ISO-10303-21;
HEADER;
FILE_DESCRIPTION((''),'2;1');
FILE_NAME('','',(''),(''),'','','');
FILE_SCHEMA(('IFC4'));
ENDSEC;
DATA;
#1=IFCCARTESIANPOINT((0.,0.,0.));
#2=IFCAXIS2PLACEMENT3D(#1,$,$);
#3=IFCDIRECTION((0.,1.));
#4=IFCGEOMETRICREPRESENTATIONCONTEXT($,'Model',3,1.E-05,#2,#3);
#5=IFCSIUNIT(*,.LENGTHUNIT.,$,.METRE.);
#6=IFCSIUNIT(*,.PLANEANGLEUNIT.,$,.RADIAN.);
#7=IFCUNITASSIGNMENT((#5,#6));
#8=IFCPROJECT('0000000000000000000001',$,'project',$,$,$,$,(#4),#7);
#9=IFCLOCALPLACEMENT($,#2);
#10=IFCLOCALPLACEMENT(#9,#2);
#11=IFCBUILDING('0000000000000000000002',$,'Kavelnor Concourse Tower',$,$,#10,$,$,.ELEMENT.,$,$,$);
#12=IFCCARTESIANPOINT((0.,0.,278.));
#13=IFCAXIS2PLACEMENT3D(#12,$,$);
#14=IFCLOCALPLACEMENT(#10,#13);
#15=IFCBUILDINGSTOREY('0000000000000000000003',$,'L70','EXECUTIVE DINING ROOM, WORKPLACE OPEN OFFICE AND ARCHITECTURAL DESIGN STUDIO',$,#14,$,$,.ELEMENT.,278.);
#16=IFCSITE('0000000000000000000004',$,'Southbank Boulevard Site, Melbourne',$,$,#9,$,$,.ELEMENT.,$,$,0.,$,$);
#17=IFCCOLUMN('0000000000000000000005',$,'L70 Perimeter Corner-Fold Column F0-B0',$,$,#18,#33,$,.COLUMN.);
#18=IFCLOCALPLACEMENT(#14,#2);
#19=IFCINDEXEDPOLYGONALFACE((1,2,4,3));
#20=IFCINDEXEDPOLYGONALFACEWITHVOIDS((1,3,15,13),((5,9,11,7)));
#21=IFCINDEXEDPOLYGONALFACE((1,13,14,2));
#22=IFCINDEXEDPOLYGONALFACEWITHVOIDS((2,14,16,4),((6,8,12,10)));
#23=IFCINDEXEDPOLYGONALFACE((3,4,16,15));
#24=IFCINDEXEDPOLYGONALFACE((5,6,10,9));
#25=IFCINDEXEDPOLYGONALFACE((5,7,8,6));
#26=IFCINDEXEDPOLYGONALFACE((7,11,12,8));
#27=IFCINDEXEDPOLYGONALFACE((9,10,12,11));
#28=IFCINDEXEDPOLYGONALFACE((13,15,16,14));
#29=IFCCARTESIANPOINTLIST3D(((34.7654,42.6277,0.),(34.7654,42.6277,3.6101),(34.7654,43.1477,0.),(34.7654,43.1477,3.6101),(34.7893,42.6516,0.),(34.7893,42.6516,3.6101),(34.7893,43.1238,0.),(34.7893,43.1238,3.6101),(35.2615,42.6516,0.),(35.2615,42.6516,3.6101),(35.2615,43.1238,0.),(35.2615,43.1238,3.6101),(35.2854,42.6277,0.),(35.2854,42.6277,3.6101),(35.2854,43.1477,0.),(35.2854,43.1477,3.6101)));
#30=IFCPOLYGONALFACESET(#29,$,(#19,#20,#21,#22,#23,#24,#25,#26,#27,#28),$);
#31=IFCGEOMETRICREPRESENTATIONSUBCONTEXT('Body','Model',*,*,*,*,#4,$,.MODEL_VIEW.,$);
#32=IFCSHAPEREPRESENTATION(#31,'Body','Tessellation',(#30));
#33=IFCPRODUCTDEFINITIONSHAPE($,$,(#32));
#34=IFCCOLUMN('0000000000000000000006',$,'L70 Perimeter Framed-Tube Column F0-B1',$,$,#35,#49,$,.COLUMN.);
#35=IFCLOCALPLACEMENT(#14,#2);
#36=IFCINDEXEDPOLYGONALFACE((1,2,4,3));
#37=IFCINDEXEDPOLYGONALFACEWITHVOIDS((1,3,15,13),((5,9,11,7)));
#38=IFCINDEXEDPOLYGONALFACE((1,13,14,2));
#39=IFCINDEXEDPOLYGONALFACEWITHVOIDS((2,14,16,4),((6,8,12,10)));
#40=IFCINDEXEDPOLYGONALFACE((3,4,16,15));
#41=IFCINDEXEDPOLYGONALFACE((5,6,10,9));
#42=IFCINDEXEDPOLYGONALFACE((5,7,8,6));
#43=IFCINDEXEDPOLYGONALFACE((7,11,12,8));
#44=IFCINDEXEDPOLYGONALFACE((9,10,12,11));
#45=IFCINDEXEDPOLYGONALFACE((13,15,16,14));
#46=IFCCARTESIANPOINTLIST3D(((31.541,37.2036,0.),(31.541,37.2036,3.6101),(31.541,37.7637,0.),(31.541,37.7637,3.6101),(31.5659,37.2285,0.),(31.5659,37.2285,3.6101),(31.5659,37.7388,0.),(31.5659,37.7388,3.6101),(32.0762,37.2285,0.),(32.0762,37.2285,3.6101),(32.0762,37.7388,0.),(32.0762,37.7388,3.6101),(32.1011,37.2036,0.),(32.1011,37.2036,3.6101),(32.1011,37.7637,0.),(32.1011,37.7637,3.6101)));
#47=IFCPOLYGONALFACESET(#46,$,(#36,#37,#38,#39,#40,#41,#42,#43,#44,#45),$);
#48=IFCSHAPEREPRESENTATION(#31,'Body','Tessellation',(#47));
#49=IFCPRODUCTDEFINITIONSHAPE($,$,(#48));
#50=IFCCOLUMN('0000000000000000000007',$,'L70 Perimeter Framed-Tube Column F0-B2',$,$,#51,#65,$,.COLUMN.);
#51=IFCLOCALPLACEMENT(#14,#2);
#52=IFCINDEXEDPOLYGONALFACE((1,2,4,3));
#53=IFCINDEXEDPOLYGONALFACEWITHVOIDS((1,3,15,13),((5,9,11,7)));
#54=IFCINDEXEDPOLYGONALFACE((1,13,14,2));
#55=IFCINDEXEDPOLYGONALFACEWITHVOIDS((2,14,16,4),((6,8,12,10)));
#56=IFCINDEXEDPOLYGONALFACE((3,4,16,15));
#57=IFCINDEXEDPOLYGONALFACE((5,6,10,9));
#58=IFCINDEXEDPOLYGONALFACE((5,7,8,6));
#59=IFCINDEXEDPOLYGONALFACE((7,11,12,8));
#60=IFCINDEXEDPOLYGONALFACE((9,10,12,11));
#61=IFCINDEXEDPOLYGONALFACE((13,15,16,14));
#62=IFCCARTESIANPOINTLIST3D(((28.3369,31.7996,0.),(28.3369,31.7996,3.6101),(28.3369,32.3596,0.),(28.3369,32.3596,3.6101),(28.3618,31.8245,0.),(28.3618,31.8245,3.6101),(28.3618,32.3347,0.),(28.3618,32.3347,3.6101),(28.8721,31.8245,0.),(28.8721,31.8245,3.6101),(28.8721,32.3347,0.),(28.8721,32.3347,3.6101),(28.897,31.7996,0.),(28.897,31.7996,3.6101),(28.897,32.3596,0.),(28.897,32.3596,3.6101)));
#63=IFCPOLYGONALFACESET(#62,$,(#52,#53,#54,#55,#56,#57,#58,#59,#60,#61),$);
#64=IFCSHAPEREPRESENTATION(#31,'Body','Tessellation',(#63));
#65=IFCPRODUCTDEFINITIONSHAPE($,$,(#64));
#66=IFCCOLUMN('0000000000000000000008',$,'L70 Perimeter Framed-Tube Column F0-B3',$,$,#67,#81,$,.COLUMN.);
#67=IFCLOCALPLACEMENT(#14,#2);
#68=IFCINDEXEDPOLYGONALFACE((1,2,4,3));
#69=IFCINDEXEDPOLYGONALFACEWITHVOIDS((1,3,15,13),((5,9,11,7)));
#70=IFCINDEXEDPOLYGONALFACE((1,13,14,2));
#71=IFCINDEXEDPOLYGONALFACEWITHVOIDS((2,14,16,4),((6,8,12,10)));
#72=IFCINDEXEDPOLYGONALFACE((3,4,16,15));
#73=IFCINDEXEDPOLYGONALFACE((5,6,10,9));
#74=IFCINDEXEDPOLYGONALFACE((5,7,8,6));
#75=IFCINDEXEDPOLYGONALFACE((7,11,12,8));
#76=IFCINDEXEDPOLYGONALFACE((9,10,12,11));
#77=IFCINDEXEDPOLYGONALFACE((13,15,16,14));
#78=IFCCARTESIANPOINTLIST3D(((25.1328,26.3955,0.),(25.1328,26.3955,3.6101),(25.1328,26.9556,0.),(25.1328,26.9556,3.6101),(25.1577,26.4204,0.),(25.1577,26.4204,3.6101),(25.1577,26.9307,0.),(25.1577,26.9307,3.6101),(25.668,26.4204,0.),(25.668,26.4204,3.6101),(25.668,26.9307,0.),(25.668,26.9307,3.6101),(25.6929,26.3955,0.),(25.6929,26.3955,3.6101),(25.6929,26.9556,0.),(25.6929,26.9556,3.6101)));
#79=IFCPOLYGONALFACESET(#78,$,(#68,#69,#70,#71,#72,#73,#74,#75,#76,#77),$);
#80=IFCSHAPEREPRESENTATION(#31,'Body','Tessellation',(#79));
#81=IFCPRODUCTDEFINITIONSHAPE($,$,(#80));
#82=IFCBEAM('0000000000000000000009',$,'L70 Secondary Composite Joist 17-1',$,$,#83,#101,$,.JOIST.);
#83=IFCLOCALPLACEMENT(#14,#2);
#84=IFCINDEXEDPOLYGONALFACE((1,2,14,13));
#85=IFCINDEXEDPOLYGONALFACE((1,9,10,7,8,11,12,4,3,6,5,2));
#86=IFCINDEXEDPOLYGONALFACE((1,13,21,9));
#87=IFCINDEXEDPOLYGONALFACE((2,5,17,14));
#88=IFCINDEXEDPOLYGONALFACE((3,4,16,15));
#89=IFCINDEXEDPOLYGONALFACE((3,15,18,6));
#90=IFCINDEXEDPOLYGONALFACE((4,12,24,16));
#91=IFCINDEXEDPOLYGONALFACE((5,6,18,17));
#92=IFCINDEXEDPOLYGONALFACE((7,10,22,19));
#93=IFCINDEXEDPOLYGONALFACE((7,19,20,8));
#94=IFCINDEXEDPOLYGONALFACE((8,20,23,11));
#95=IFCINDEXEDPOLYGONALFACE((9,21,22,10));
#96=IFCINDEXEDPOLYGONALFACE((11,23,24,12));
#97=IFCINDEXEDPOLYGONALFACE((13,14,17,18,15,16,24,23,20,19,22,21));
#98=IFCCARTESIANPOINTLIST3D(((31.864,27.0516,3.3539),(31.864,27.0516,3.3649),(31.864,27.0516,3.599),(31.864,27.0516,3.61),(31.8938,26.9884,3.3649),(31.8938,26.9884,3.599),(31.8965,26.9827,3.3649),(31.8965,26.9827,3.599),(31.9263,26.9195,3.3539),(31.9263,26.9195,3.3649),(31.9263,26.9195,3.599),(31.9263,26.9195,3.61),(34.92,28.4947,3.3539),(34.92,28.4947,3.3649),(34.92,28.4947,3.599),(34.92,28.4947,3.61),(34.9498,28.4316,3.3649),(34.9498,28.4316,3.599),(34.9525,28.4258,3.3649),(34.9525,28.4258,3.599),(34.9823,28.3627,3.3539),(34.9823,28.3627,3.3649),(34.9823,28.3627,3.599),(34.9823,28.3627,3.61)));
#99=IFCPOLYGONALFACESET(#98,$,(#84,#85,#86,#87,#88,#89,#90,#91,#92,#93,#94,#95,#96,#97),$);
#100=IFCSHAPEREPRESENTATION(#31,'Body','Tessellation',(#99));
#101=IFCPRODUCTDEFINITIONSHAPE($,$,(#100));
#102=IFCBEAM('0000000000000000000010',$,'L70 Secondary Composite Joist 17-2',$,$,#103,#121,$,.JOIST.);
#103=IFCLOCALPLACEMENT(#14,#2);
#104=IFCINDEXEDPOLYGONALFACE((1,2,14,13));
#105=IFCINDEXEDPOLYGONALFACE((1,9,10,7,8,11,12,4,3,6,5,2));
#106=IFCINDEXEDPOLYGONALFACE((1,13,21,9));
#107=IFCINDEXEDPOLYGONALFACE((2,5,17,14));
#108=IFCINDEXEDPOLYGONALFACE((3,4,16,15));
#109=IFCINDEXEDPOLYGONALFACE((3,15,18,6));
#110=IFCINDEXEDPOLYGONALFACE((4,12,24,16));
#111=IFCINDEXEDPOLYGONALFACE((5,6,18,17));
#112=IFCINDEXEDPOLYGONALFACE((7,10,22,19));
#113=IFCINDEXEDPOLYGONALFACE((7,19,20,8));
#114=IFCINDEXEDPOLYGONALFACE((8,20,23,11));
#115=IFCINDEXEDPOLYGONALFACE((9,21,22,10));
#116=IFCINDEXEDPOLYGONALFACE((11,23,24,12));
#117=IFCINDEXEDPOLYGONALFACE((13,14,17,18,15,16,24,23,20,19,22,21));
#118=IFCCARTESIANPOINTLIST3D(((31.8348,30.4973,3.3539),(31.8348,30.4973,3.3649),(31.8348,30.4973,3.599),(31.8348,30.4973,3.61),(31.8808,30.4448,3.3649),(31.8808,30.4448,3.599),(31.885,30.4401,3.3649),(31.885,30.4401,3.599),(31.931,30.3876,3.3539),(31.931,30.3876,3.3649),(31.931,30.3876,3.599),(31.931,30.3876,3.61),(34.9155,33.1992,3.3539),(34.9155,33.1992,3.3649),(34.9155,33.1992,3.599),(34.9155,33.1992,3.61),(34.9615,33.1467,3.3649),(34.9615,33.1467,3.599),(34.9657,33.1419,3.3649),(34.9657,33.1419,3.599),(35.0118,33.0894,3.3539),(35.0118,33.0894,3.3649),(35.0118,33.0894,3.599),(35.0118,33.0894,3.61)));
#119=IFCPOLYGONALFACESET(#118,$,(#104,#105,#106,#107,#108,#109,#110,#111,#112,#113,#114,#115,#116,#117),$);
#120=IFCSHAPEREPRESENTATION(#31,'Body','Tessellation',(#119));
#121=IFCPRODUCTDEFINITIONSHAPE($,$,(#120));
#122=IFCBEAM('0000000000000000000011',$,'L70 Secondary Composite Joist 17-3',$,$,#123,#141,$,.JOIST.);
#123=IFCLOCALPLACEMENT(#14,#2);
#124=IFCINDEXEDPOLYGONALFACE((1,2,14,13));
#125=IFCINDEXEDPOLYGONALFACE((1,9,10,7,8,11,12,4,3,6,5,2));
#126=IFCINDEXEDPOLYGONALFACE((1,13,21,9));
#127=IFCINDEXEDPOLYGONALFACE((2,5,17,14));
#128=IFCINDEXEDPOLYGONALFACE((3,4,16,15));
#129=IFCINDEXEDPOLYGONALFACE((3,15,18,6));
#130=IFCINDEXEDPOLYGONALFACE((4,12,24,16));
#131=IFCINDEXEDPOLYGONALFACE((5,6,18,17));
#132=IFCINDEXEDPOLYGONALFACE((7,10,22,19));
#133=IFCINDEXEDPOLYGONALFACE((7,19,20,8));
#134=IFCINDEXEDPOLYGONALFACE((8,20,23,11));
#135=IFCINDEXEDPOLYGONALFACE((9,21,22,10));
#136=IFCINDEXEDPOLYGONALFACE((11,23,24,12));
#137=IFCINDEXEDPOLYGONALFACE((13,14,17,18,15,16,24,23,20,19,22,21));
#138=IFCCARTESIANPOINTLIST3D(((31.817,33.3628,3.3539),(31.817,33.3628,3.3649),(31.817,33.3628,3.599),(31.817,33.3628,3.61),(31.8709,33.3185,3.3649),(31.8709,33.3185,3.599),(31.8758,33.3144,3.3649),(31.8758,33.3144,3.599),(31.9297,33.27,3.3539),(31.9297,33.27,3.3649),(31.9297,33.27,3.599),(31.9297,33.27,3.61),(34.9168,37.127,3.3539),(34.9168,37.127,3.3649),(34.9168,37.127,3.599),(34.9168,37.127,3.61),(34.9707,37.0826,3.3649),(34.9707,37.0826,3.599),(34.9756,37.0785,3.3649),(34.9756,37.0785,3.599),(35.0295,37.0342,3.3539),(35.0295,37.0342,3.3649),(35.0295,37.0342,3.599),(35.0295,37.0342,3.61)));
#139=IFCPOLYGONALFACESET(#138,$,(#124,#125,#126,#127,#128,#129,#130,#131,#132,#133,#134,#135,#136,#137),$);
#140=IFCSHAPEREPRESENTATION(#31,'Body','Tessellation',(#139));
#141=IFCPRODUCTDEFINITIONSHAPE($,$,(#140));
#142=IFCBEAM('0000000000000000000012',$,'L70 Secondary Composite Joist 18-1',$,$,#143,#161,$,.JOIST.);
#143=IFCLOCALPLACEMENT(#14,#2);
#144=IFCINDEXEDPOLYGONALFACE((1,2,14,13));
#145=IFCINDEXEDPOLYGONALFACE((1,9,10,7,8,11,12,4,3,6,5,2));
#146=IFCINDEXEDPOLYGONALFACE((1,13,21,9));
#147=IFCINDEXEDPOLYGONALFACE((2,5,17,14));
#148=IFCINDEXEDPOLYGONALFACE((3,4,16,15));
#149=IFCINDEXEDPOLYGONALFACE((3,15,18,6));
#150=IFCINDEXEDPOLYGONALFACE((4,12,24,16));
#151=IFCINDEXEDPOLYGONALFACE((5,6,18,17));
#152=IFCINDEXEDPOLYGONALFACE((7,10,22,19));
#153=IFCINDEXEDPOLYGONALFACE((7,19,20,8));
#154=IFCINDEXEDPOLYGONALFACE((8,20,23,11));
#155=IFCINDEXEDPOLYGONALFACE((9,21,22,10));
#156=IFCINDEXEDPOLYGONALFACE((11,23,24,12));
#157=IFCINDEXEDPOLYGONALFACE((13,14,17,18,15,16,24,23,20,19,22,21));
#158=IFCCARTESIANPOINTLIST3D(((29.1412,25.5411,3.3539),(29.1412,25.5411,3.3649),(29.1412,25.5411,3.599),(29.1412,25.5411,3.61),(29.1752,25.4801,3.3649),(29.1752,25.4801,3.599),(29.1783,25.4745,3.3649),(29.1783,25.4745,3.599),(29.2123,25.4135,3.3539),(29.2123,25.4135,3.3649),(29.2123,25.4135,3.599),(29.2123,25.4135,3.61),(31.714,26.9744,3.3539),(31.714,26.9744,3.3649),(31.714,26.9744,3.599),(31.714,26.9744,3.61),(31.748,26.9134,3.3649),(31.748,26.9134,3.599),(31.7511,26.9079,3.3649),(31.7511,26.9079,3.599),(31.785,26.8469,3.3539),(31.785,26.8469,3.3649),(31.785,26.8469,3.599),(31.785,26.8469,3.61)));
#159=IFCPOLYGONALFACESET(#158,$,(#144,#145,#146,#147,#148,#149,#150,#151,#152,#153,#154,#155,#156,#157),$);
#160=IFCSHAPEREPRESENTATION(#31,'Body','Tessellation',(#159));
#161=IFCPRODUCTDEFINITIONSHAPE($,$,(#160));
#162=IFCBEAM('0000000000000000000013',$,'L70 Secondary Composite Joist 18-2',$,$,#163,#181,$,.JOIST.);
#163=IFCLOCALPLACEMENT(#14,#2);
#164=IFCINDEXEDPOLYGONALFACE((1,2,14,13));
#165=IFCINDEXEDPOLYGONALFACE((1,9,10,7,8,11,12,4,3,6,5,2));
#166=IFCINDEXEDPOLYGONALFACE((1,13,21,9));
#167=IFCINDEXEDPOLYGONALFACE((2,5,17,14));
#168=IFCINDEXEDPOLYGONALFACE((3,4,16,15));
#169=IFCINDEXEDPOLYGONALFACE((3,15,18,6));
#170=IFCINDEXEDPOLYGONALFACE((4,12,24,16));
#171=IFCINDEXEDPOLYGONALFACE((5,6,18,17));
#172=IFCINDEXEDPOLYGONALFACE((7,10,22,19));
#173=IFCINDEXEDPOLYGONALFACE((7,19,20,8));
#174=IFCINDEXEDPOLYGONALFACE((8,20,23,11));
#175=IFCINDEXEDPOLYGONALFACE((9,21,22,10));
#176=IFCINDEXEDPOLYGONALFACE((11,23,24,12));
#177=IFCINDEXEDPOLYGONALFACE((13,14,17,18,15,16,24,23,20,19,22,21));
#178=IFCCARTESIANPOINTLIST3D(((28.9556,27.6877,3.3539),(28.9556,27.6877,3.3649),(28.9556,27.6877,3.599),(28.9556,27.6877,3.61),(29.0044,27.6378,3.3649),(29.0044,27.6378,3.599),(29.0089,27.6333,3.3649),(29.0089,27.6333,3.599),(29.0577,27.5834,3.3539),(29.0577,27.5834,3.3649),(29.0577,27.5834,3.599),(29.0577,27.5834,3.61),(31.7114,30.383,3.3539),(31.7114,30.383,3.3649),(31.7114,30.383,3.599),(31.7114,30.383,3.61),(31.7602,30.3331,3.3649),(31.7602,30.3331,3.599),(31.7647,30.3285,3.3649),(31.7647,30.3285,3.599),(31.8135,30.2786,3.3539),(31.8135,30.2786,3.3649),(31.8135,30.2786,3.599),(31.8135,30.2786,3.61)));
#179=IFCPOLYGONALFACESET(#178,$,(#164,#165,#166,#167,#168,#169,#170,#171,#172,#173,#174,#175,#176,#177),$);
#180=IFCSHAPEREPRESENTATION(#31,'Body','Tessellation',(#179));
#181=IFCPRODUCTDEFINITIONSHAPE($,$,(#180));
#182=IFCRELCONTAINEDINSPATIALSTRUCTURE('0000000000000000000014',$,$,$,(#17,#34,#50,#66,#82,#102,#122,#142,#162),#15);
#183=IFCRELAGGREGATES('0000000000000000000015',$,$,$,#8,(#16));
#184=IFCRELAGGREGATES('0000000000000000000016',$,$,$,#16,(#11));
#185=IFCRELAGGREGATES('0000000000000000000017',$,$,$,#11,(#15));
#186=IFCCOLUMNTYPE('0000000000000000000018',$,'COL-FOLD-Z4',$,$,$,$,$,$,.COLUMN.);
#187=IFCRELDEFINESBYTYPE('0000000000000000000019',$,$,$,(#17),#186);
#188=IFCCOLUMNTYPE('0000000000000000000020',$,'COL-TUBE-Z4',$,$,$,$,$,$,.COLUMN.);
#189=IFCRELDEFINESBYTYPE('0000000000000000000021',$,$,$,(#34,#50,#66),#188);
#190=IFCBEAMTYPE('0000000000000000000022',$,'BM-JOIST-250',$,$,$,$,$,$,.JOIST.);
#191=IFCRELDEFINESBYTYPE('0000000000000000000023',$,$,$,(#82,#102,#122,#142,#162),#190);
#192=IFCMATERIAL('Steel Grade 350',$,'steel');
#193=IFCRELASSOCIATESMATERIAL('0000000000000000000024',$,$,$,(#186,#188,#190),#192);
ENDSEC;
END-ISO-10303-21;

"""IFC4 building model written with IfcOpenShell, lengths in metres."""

from ifc_helpers import new_model, si_unit, direction, frame, origin, origin_2d, place, context, subcontext, project, spatial, hollow_rectangle, i_section, extrude, material, material_profile, profile_set, type_object, element, save


model = new_model("IFC4")

# Units and contexts
model_context = context("Model", 3, precision=1e-05, world=origin(), true_north=direction((0.0, 1.0)))
body_context = subcontext(model_context, "Body", "Model", "MODEL_VIEW")
ifc_project = project(units=[si_unit("LENGTHUNIT", "METRE"), si_unit("PLANEANGLEUNIT", "RADIAN")], contexts=[model_context])

# Site, building, storey
site_placement = place(None, origin())
site = spatial("IfcSite", under=ifc_project, at=site_placement, Name="Southbank Boulevard Site, Melbourne", CompositionType="ELEMENT", RefElevation=0.0)
building_placement = place(site_placement, origin())
building = spatial("IfcBuilding", under=site, at=building_placement, Name="Kavelnor Concourse Tower", CompositionType="ELEMENT")
storey_placement = place(building_placement, frame((0.0, 0.0, 278.0)))
storey = spatial("IfcBuildingStorey", under=building, at=storey_placement, Name="L70", Description="EXECUTIVE DINING ROOM, WORKPLACE OPEN OFFICE AND ARCHITECTURAL DESIGN STUDIO", CompositionType="ELEMENT", Elevation=278.0)

# Columns
ifc_material_1 = material(Name="Steel Grade 350", Category="steel")
ifc_material_profile_1 = material_profile(ifc_material_1, hollow_rectangle(XDim=0.52, YDim=0.52, WallThickness=0.0239, at=origin_2d()), Name="SHS 520x520x24")
ifc_profile_set_1 = profile_set([ifc_material_profile_1], Name="Steel Grade 350")
column_type_1 = type_object("IfcColumnType", Name="COL-FOLD-Z4", PredefinedType="COLUMN", material=ifc_profile_set_1)
column_placement = place(storey_placement, frame((35.0254, 42.8877, 0.0), z_axis=(0.0, 0.0, 1.0), x_axis=(1.0, 0.0, 0.0)))
element("IfcColumn", 1, at=column_placement, inside=storey, type_object=column_type_1, Name="L70 Perimeter Corner-Fold Column F0-B0", PredefinedType="COLUMN", context=body_context, shape_type="SweptSolid", body=[
    extrude(hollow_rectangle(XDim=0.52, YDim=0.52, WallThickness=0.0239, at=origin_2d()), origin(), (0.0, 0.0, 1.0), 3.6101),
])
ifc_material_profile_2 = material_profile(ifc_material_1, hollow_rectangle(XDim=0.5601, YDim=0.5601, WallThickness=0.0249, at=origin_2d()), Name="SHS 560x560x25")
ifc_profile_set_2 = profile_set([ifc_material_profile_2], Name="Steel Grade 350")
column_type_2 = type_object("IfcColumnType", Name="COL-TUBE-Z4", PredefinedType="COLUMN", material=ifc_profile_set_2)
for number, where, z_axis, x_axis, name in (
    (2, (31.821, 37.4836, 0.0), (0.0, 0.0, 1.0), (1.0, 0.0, 0.0), "L70 Perimeter Framed-Tube Column F0-B1"),
    (3, (28.6169, 32.0796, 0.0), (0.0, 0.0, 1.0), (1.0, 0.0, 0.0), "L70 Perimeter Framed-Tube Column F0-B2"),
    (4, (25.4128, 26.6755, 0.0), (0.0, 0.0, 1.0), (1.0, 0.0, 0.0), "L70 Perimeter Framed-Tube Column F0-B3"),
):
    element("IfcColumn", number, at=place(storey_placement, frame(where, z_axis=z_axis, x_axis=x_axis)), inside=storey, type_object=column_type_2, Name=name, PredefinedType="COLUMN", context=body_context, shape_type="SweptSolid", body=[
        extrude(hollow_rectangle(XDim=0.5601, YDim=0.5601, WallThickness=0.0249, at=origin_2d()), origin(), (0.0, 0.0, 1.0), 3.6101),
    ])

# Beams
ifc_material_profile_3 = material_profile(ifc_material_1, i_section(OverallWidth=0.146, OverallDepth=0.2561, WebThickness=0.0063, FlangeThickness=0.011, at=origin_2d()), Name="250UB37")
ifc_profile_set_3 = profile_set([ifc_material_profile_3], Name="Steel Grade 350")
beam_type_1 = type_object("IfcBeamType", Name="BM-JOIST-250", PredefinedType="JOIST", material=ifc_profile_set_3)
beam_1_placement = place(storey_placement, frame((34.9512, 28.4287, 3.4819), z_axis=(-0.904243, -0.427018, 0.0), x_axis=(0.427018, -0.904243, 0.0)))
element("IfcBeam", 5, at=beam_1_placement, inside=storey, type_object=beam_type_1, Name="L70 Secondary Composite Joist 17-1", PredefinedType="JOIST", context=body_context, shape_type="SweptSolid", body=[
    extrude(i_section(OverallWidth=0.146, OverallDepth=0.2561, WebThickness=0.0063, FlangeThickness=0.011, at=origin_2d()), origin(), (0.0, 0.0, 1.0), 3.3796),
])
beam_2_placement = place(storey_placement, frame((34.9636, 33.1443, 3.4819), z_axis=(-0.751827, -0.65936, 0.0), x_axis=(0.65936, -0.751827, 0.0)))
element("IfcBeam", 6, at=beam_2_placement, inside=storey, type_object=beam_type_1, Name="L70 Secondary Composite Joist 17-2", PredefinedType="JOIST", context=body_context, shape_type="SweptSolid", body=[
    extrude(i_section(OverallWidth=0.146, OverallDepth=0.2561, WebThickness=0.0063, FlangeThickness=0.011, at=origin_2d()), origin(), (0.0, 0.0, 1.0), 4.0977),
])
beam_3_placement = place(storey_placement, frame((34.9731, 37.0806, 3.4819), z_axis=(-0.635702, -0.771935, 0.0), x_axis=(0.771935, -0.635702, 0.0)))
element("IfcBeam", 7, at=beam_3_placement, inside=storey, type_object=beam_type_1, Name="L70 Secondary Composite Joist 17-3", PredefinedType="JOIST", context=body_context, shape_type="SweptSolid", body=[
    extrude(i_section(OverallWidth=0.146, OverallDepth=0.2561, WebThickness=0.0063, FlangeThickness=0.011, at=origin_2d()), origin(), (0.0, 0.0, 1.0), 4.8762),
])
beam_4_placement = place(storey_placement, frame((31.7495, 26.9106, 3.4819), z_axis=(-0.873574, -0.486691, 0.0), x_axis=(0.486691, -0.873574, 0.0)))
element("IfcBeam", 8, at=beam_4_placement, inside=storey, type_object=beam_type_1, Name="L70 Secondary Composite Joist 18-1", PredefinedType="JOIST", context=body_context, shape_type="SweptSolid", body=[
    extrude(i_section(OverallWidth=0.146, OverallDepth=0.2561, WebThickness=0.0063, FlangeThickness=0.011, at=origin_2d()), origin(), (0.0, 0.0, 1.0), 2.9451),
])
beam_5_placement = place(storey_placement, frame((31.7625, 30.3308, 3.4819), z_axis=(-0.714917, -0.69921, 0.0), x_axis=(0.69921, -0.714917, 0.0)))
element("IfcBeam", 9, at=beam_5_placement, inside=storey, type_object=beam_type_1, Name="L70 Secondary Composite Joist 18-2", PredefinedType="JOIST", context=body_context, shape_type="SweptSolid", body=[
    extrude(i_section(OverallWidth=0.146, OverallDepth=0.2561, WebThickness=0.0063, FlangeThickness=0.011, at=origin_2d()), origin(), (0.0, 0.0, 1.0), 3.8547),
])

save(model, "model.ifc")
